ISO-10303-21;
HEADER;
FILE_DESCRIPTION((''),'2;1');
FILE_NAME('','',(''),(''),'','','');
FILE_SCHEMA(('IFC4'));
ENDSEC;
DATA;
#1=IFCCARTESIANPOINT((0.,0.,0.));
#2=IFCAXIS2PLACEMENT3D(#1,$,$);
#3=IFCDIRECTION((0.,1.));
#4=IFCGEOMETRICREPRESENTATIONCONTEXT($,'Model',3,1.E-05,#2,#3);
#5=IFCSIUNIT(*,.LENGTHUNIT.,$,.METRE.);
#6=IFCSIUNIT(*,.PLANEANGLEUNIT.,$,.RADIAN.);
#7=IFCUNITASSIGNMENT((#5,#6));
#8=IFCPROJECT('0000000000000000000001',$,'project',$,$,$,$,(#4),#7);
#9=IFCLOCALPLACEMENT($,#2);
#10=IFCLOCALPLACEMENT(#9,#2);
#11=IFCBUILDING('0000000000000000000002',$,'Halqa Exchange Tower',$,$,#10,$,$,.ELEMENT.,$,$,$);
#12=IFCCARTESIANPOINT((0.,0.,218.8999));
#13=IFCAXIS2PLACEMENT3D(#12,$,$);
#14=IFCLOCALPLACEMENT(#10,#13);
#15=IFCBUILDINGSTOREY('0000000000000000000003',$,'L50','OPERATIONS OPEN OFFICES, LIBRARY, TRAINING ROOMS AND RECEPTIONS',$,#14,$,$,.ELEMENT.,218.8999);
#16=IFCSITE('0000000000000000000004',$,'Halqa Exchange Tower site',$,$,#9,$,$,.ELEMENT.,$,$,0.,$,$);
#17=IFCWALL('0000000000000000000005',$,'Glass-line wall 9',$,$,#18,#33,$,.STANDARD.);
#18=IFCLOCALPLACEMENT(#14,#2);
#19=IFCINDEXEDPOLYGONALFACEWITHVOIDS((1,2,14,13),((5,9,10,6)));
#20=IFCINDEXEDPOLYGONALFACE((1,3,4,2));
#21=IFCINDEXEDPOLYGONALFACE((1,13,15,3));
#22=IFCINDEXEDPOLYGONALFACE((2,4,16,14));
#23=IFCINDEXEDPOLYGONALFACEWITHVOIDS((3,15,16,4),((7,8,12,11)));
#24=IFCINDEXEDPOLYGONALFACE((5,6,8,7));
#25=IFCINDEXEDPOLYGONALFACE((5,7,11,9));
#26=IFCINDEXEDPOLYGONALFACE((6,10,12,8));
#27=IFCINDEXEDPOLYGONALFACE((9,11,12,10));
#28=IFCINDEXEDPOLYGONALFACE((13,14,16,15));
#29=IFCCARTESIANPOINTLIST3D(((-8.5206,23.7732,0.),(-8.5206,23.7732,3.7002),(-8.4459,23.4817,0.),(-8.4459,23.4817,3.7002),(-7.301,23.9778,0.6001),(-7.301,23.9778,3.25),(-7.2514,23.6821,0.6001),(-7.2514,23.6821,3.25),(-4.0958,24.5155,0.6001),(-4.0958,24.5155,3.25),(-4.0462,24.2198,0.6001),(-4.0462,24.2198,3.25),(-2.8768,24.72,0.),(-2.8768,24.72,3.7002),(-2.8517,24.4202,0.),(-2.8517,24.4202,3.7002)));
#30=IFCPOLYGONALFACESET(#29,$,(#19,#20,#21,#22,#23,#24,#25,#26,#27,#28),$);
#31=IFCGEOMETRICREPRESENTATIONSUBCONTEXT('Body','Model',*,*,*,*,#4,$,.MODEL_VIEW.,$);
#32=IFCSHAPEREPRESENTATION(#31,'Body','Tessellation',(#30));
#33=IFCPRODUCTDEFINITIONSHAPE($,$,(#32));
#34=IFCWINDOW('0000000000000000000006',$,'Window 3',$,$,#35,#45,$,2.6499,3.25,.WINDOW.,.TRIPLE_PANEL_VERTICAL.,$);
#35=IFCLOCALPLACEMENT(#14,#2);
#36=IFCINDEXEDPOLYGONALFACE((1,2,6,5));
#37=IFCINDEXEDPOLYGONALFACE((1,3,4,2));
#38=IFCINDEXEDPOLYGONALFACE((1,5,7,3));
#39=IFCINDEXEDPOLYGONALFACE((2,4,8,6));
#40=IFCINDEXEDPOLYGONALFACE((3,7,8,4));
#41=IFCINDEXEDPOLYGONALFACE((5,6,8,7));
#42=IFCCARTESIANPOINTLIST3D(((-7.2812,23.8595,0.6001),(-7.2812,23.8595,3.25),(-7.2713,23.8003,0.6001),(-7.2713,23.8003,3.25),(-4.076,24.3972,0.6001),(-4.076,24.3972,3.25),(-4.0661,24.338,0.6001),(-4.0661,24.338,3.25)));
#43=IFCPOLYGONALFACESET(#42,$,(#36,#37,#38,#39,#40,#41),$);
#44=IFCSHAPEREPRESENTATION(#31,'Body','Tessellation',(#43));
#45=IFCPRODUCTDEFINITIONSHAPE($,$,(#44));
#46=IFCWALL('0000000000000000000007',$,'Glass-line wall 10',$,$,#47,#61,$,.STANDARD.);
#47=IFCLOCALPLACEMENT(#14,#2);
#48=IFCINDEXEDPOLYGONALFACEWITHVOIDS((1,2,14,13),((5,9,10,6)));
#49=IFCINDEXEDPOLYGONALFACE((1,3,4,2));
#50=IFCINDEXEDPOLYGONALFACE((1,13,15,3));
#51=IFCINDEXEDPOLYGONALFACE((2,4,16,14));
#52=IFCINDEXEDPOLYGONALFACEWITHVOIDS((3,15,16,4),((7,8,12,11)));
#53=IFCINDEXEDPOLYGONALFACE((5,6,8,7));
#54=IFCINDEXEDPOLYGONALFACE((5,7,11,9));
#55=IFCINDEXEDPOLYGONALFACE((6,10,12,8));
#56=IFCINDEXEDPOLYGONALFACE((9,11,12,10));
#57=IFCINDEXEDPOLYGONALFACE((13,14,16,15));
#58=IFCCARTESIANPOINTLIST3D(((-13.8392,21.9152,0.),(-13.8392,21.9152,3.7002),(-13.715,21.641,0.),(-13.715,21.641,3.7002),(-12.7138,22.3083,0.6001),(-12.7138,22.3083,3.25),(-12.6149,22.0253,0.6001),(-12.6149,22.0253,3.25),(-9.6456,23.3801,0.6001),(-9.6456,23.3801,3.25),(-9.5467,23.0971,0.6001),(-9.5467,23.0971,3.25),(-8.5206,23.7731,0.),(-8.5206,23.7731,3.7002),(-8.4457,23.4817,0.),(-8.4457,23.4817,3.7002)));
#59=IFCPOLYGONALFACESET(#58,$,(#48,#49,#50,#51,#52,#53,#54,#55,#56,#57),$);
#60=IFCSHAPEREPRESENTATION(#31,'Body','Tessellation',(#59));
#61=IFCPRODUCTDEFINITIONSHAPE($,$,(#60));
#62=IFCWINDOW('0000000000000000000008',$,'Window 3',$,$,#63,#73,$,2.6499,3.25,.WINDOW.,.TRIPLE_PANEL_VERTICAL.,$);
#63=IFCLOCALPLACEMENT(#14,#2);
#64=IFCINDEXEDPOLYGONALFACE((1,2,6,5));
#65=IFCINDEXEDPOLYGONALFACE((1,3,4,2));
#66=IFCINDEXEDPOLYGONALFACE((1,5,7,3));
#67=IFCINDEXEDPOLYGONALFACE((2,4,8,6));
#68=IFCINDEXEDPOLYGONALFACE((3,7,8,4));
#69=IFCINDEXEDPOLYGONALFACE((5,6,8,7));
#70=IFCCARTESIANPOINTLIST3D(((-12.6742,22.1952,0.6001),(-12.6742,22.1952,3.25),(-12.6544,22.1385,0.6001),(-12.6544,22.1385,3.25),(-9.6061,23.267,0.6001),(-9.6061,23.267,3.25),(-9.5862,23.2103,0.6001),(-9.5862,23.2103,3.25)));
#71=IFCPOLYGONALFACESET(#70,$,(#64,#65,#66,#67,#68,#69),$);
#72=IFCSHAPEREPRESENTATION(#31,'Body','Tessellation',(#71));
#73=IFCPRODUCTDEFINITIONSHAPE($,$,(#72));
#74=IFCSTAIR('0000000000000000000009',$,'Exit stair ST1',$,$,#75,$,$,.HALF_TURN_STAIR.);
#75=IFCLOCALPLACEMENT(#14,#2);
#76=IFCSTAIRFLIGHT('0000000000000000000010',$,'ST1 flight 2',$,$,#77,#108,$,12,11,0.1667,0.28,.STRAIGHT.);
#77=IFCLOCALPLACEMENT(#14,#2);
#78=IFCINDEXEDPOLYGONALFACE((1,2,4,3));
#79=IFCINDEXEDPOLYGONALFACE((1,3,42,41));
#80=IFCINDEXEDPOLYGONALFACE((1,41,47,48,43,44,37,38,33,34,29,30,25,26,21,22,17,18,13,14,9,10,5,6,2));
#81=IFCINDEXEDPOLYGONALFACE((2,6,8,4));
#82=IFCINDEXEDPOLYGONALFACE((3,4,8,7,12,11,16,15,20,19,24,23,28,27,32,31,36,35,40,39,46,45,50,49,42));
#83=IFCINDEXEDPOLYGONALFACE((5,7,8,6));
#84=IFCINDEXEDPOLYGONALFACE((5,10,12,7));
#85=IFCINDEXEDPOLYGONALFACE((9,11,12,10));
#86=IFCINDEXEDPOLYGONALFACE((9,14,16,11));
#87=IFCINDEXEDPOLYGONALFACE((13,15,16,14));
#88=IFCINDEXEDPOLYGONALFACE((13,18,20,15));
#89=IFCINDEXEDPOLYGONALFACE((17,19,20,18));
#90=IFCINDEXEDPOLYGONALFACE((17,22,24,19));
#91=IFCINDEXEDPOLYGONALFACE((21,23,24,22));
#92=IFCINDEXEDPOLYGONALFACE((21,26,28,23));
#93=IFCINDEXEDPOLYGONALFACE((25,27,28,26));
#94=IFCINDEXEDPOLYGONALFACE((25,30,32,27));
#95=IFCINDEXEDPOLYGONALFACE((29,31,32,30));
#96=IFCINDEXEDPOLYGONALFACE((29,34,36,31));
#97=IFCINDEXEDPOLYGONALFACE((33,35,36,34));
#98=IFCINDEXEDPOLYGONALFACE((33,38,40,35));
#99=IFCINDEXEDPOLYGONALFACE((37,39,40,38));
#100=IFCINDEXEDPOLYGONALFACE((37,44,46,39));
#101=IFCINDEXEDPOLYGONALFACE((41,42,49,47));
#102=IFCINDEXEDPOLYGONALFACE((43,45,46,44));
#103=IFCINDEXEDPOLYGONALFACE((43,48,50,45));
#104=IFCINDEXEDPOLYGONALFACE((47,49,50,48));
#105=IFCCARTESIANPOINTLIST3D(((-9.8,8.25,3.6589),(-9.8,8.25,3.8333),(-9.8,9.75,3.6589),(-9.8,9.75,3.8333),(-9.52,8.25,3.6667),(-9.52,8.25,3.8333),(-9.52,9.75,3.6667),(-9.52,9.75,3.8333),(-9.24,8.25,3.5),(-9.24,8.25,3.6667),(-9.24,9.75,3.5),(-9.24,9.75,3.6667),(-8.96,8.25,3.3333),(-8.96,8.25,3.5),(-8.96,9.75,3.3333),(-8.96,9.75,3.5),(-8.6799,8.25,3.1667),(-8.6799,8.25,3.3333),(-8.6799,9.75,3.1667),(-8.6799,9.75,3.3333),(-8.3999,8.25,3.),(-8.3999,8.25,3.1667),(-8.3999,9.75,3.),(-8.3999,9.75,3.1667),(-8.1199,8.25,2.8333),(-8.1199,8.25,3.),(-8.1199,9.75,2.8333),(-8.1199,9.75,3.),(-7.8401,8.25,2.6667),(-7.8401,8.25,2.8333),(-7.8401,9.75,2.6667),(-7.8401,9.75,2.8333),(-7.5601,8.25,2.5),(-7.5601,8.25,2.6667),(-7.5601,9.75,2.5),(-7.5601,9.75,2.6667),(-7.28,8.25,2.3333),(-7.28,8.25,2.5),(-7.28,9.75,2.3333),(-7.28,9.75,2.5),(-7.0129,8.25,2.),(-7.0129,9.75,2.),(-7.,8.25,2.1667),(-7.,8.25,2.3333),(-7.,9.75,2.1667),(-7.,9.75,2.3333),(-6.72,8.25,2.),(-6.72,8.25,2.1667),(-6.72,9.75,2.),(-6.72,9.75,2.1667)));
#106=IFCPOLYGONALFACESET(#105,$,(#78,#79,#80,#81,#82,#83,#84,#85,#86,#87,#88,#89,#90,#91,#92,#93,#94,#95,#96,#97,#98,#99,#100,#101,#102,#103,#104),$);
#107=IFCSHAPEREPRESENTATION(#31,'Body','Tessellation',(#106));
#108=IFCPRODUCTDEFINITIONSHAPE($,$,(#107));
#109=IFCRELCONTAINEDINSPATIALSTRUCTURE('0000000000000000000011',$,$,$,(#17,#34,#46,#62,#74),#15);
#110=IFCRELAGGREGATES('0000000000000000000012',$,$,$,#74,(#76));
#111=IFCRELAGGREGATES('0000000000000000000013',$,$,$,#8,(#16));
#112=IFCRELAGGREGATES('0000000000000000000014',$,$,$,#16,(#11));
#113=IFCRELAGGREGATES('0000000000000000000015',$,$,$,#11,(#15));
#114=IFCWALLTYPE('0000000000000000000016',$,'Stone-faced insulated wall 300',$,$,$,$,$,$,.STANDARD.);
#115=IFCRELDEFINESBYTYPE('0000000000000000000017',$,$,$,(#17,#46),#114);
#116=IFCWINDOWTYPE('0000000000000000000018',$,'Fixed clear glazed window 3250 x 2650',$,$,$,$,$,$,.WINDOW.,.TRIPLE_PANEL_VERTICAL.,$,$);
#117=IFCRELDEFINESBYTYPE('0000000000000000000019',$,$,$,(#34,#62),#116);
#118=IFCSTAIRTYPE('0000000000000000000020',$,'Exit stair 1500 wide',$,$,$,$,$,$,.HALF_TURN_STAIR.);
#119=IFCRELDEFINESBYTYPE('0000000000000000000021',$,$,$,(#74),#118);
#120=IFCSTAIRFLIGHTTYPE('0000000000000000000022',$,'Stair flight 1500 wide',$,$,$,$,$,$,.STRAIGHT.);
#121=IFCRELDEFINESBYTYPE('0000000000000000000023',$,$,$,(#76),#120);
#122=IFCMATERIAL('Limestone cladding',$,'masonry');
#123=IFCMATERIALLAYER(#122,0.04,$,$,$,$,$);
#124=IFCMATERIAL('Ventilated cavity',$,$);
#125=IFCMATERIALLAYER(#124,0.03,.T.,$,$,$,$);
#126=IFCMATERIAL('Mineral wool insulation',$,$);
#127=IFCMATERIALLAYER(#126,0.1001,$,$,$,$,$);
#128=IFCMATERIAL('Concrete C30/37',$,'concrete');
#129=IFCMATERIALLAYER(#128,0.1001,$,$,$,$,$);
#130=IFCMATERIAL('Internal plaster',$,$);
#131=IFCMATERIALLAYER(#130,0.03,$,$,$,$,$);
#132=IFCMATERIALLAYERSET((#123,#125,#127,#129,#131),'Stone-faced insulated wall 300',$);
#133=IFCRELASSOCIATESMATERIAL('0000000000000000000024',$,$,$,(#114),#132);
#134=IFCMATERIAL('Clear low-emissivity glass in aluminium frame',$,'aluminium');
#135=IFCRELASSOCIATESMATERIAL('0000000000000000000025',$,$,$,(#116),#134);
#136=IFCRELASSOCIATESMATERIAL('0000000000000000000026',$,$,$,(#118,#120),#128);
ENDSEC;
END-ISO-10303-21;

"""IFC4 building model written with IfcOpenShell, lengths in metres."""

from ifc_helpers import new_model, si_unit, direction, frame, frame_2d, origin, place, context, subcontext, project, spatial, polyline, rectangle, outline, extrude, material, layer, layer_set, type_object, element, fill, aggregate, save


model = new_model("IFC4")

# Units and contexts
model_context = context("Model", 3, precision=1e-05, world=origin(), true_north=direction((0.0, 1.0)))
body_context = subcontext(model_context, "Body", "Model", "MODEL_VIEW")
ifc_project = project(units=[si_unit("LENGTHUNIT", "METRE"), si_unit("PLANEANGLEUNIT", "RADIAN")], contexts=[model_context])

# Site, building, storey
site_placement = place(None, origin())
site = spatial("IfcSite", under=ifc_project, at=site_placement, Name="Halqa Exchange Tower site", CompositionType="ELEMENT", RefElevation=0.0)
building_placement = place(site_placement, origin())
building = spatial("IfcBuilding", under=site, at=building_placement, Name="Halqa Exchange Tower", CompositionType="ELEMENT")
storey_placement = place(building_placement, frame((0.0, 0.0, 218.8999)))
storey = spatial("IfcBuildingStorey", under=building, at=storey_placement, Name="L50", Description="OPERATIONS OPEN OFFICES, LIBRARY, TRAINING ROOMS AND RECEPTIONS", CompositionType="ELEMENT", Elevation=218.8999)

# Shared definitions
ifc_material_1 = material(Name="Concrete C30/37", Category="concrete")

# Walls, openings, windows
ifc_material_2 = material(Name="Limestone cladding", Category="masonry")
ifc_layer_1 = layer(ifc_material_2, 0.04)
ifc_material_3 = material(Name="Ventilated cavity")
ifc_layer_2 = layer(ifc_material_3, 0.03, ventilated=True)
ifc_material_4 = material(Name="Mineral wool insulation")
ifc_layer_3 = layer(ifc_material_4, 0.1001)
ifc_layer_4 = layer(ifc_material_1, 0.1001)
ifc_material_5 = material(Name="Internal plaster")
ifc_layer_5 = layer(ifc_material_5, 0.03)
ifc_layer_set_1 = layer_set([ifc_layer_1, ifc_layer_2, ifc_layer_3, ifc_layer_4, ifc_layer_5], Name="Stone-faced insulated wall 300")
wall_type_1 = type_object("IfcWallType", Name="Stone-faced insulated wall 300", PredefinedType="STANDARD", material=ifc_layer_set_1)
wall_1_placement = place(storey_placement, frame((-2.8643, 24.5701, 0.0), z_axis=(0.0, 0.0, 1.0), x_axis=(-0.986218, -0.165448, 0.0)))
wall_1 = element("IfcWall", 1, at=wall_1_placement, inside=storey, type_object=wall_type_1, Name="Glass-line wall 9", PredefinedType="STANDARD", context=body_context, shape_type="SweptSolid", body=[
    extrude(outline(polyline([(-0.0125, -0.1499), (5.7102, -0.1499), (5.6848, 0.1499), (0.0125, 0.1499), (-0.0125, -0.1499)])), origin(), (0.0, 0.0, 1.0), 3.7002),
])
opening_1_placement = place(wall_1_placement, frame((1.2236, 0.0, 0.6001)))
opening_1 = element("IfcOpeningElement", 2, at=opening_1_placement, cuts=wall_1, PredefinedType="OPENING", context=body_context, shape_type="SweptSolid", body=[
    extrude(rectangle(XDim=3.25, YDim=2.6499, at=frame_2d((1.625, 1.325))), frame((0.0, 0.1621, 0.0), z_axis=(0.0, -1.0, 0.0), x_axis=(1.0, 0.0, 0.0)), (0.0, 0.0, 1.0), 0.324),
])
ifc_material_6 = material(Name="Clear low-emissivity glass in aluminium frame", Category="aluminium")
window_type = type_object("IfcWindowType", Name="Fixed clear glazed window 3250 x 2650", PartitioningType="TRIPLE_PANEL_VERTICAL", PredefinedType="WINDOW", material=ifc_material_6)
window_1_placement = place(opening_1_placement, origin())
window_1 = element("IfcWindow", 3, at=window_1_placement, inside=storey, type_object=window_type, Name="Window 3", OverallHeight=2.6499, OverallWidth=3.25, PartitioningType="TRIPLE_PANEL_VERTICAL", PredefinedType="WINDOW", context=body_context, shape_type="SweptSolid", body=[
    extrude(rectangle(XDim=3.25, YDim=2.6499, at=frame_2d((1.625, 1.325))), frame((0.0, 0.03, 0.0), z_axis=(0.0, -1.0, 0.0), x_axis=(1.0, 0.0, 0.0)), (0.0, 0.0, 1.0), 0.0601),
])
fill(opening_1, window_1)
wall_2_placement = place(storey_placement, frame((-8.4832, 23.6274, 0.0), z_axis=(0.0, 0.0, 1.0), x_axis=(-0.944054, -0.329792, 0.0)))
wall_2 = element("IfcWall", 4, at=wall_2_placement, inside=storey, type_object=wall_type_1, Name="Glass-line wall 10", PredefinedType="STANDARD", context=body_context, shape_type="SweptSolid", body=[
    extrude(outline(polyline([(-0.0127, -0.1499), (5.6211, -0.1499), (5.5942, 0.1499), (0.0127, 0.1499), (-0.0127, -0.1499)])), origin(), (0.0, 0.0, 1.0), 3.7002),
])
opening_2_placement = place(wall_2_placement, frame((1.179, 0.0, 0.6001)))
opening_2 = element("IfcOpeningElement", 5, at=opening_2_placement, cuts=wall_2, PredefinedType="OPENING", context=body_context, shape_type="SweptSolid", body=[
    extrude(rectangle(XDim=3.25, YDim=2.6499, at=frame_2d((1.625, 1.325))), frame((0.0, 0.1621, 0.0), z_axis=(0.0, -1.0, 0.0), x_axis=(1.0, 0.0, 0.0)), (0.0, 0.0, 1.0), 0.324),
])
window_2_placement = place(opening_2_placement, origin())
window_2 = element("IfcWindow", 6, at=window_2_placement, inside=storey, type_object=window_type, Name="Window 3", OverallHeight=2.6499, OverallWidth=3.25, PartitioningType="TRIPLE_PANEL_VERTICAL", PredefinedType="WINDOW", context=body_context, shape_type="SweptSolid", body=[
    extrude(rectangle(XDim=3.25, YDim=2.6499, at=frame_2d((1.625, 1.325))), frame((0.0, 0.03, 0.0), z_axis=(0.0, -1.0, 0.0), x_axis=(1.0, 0.0, 0.0)), (0.0, 0.0, 1.0), 0.0601),
])
fill(opening_2, window_2)

# Stair, stair flight
stair_type = type_object("IfcStairType", Name="Exit stair 1500 wide", PredefinedType="HALF_TURN_STAIR", material=ifc_material_1)
stair_placement = place(storey_placement, origin())
stair = element("IfcStair", 7, at=stair_placement, inside=storey, type_object=stair_type, Name="Exit stair ST1", PredefinedType="HALF_TURN_STAIR")
stair_flight_type = type_object("IfcStairFlightType", Name="Stair flight 1500 wide", PredefinedType="STRAIGHT", material=ifc_material_1)
stair_flight_placement = place(storey_placement, frame((-6.72, 9.0, 2.0), z_axis=(0.0, 0.0, 1.0), x_axis=(-1.0, 0.0, 0.0)))
stair_flight = element("IfcStairFlight", 8, at=stair_flight_placement, type_object=stair_flight_type, Name="ST1 flight 2", NumberOfRisers=12, NumberOfTreads=11, PredefinedType="STRAIGHT", RiserHeight=0.1667, TreadLength=0.28, context=body_context, shape_type="SweptSolid", body=[
    extrude(outline(polyline([(0.0, 0.0), (0.0, 0.1667), (0.28, 0.1667), (0.28, 0.3333), (0.5601, 0.3333), (0.5601, 0.5), (0.8401, 0.5), (0.8401, 0.6667), (1.1201, 0.6667), (1.1201, 0.8333), (1.3999, 0.8333), (1.3999, 1.0), (1.6799, 1.0), (1.6799, 1.1667), (1.96, 1.1667), (1.96, 1.3333), (2.24, 1.3333), (2.24, 1.5), (2.52, 1.5), (2.52, 1.6667), (2.8, 1.6667), (2.8, 1.8333), (3.0801, 1.8333), (3.0801, 2.0), (3.0801, 1.6589), (0.293, 0.0), (0.0, 0.0)])), frame((0.0, 0.75, 0.0), z_axis=(0.0, -1.0, 0.0), x_axis=(1.0, 0.0, 0.0)), (0.0, 0.0, 1.0), 1.5),
])
aggregate(stair, [stair_flight])

save(model, "model.ifc")
